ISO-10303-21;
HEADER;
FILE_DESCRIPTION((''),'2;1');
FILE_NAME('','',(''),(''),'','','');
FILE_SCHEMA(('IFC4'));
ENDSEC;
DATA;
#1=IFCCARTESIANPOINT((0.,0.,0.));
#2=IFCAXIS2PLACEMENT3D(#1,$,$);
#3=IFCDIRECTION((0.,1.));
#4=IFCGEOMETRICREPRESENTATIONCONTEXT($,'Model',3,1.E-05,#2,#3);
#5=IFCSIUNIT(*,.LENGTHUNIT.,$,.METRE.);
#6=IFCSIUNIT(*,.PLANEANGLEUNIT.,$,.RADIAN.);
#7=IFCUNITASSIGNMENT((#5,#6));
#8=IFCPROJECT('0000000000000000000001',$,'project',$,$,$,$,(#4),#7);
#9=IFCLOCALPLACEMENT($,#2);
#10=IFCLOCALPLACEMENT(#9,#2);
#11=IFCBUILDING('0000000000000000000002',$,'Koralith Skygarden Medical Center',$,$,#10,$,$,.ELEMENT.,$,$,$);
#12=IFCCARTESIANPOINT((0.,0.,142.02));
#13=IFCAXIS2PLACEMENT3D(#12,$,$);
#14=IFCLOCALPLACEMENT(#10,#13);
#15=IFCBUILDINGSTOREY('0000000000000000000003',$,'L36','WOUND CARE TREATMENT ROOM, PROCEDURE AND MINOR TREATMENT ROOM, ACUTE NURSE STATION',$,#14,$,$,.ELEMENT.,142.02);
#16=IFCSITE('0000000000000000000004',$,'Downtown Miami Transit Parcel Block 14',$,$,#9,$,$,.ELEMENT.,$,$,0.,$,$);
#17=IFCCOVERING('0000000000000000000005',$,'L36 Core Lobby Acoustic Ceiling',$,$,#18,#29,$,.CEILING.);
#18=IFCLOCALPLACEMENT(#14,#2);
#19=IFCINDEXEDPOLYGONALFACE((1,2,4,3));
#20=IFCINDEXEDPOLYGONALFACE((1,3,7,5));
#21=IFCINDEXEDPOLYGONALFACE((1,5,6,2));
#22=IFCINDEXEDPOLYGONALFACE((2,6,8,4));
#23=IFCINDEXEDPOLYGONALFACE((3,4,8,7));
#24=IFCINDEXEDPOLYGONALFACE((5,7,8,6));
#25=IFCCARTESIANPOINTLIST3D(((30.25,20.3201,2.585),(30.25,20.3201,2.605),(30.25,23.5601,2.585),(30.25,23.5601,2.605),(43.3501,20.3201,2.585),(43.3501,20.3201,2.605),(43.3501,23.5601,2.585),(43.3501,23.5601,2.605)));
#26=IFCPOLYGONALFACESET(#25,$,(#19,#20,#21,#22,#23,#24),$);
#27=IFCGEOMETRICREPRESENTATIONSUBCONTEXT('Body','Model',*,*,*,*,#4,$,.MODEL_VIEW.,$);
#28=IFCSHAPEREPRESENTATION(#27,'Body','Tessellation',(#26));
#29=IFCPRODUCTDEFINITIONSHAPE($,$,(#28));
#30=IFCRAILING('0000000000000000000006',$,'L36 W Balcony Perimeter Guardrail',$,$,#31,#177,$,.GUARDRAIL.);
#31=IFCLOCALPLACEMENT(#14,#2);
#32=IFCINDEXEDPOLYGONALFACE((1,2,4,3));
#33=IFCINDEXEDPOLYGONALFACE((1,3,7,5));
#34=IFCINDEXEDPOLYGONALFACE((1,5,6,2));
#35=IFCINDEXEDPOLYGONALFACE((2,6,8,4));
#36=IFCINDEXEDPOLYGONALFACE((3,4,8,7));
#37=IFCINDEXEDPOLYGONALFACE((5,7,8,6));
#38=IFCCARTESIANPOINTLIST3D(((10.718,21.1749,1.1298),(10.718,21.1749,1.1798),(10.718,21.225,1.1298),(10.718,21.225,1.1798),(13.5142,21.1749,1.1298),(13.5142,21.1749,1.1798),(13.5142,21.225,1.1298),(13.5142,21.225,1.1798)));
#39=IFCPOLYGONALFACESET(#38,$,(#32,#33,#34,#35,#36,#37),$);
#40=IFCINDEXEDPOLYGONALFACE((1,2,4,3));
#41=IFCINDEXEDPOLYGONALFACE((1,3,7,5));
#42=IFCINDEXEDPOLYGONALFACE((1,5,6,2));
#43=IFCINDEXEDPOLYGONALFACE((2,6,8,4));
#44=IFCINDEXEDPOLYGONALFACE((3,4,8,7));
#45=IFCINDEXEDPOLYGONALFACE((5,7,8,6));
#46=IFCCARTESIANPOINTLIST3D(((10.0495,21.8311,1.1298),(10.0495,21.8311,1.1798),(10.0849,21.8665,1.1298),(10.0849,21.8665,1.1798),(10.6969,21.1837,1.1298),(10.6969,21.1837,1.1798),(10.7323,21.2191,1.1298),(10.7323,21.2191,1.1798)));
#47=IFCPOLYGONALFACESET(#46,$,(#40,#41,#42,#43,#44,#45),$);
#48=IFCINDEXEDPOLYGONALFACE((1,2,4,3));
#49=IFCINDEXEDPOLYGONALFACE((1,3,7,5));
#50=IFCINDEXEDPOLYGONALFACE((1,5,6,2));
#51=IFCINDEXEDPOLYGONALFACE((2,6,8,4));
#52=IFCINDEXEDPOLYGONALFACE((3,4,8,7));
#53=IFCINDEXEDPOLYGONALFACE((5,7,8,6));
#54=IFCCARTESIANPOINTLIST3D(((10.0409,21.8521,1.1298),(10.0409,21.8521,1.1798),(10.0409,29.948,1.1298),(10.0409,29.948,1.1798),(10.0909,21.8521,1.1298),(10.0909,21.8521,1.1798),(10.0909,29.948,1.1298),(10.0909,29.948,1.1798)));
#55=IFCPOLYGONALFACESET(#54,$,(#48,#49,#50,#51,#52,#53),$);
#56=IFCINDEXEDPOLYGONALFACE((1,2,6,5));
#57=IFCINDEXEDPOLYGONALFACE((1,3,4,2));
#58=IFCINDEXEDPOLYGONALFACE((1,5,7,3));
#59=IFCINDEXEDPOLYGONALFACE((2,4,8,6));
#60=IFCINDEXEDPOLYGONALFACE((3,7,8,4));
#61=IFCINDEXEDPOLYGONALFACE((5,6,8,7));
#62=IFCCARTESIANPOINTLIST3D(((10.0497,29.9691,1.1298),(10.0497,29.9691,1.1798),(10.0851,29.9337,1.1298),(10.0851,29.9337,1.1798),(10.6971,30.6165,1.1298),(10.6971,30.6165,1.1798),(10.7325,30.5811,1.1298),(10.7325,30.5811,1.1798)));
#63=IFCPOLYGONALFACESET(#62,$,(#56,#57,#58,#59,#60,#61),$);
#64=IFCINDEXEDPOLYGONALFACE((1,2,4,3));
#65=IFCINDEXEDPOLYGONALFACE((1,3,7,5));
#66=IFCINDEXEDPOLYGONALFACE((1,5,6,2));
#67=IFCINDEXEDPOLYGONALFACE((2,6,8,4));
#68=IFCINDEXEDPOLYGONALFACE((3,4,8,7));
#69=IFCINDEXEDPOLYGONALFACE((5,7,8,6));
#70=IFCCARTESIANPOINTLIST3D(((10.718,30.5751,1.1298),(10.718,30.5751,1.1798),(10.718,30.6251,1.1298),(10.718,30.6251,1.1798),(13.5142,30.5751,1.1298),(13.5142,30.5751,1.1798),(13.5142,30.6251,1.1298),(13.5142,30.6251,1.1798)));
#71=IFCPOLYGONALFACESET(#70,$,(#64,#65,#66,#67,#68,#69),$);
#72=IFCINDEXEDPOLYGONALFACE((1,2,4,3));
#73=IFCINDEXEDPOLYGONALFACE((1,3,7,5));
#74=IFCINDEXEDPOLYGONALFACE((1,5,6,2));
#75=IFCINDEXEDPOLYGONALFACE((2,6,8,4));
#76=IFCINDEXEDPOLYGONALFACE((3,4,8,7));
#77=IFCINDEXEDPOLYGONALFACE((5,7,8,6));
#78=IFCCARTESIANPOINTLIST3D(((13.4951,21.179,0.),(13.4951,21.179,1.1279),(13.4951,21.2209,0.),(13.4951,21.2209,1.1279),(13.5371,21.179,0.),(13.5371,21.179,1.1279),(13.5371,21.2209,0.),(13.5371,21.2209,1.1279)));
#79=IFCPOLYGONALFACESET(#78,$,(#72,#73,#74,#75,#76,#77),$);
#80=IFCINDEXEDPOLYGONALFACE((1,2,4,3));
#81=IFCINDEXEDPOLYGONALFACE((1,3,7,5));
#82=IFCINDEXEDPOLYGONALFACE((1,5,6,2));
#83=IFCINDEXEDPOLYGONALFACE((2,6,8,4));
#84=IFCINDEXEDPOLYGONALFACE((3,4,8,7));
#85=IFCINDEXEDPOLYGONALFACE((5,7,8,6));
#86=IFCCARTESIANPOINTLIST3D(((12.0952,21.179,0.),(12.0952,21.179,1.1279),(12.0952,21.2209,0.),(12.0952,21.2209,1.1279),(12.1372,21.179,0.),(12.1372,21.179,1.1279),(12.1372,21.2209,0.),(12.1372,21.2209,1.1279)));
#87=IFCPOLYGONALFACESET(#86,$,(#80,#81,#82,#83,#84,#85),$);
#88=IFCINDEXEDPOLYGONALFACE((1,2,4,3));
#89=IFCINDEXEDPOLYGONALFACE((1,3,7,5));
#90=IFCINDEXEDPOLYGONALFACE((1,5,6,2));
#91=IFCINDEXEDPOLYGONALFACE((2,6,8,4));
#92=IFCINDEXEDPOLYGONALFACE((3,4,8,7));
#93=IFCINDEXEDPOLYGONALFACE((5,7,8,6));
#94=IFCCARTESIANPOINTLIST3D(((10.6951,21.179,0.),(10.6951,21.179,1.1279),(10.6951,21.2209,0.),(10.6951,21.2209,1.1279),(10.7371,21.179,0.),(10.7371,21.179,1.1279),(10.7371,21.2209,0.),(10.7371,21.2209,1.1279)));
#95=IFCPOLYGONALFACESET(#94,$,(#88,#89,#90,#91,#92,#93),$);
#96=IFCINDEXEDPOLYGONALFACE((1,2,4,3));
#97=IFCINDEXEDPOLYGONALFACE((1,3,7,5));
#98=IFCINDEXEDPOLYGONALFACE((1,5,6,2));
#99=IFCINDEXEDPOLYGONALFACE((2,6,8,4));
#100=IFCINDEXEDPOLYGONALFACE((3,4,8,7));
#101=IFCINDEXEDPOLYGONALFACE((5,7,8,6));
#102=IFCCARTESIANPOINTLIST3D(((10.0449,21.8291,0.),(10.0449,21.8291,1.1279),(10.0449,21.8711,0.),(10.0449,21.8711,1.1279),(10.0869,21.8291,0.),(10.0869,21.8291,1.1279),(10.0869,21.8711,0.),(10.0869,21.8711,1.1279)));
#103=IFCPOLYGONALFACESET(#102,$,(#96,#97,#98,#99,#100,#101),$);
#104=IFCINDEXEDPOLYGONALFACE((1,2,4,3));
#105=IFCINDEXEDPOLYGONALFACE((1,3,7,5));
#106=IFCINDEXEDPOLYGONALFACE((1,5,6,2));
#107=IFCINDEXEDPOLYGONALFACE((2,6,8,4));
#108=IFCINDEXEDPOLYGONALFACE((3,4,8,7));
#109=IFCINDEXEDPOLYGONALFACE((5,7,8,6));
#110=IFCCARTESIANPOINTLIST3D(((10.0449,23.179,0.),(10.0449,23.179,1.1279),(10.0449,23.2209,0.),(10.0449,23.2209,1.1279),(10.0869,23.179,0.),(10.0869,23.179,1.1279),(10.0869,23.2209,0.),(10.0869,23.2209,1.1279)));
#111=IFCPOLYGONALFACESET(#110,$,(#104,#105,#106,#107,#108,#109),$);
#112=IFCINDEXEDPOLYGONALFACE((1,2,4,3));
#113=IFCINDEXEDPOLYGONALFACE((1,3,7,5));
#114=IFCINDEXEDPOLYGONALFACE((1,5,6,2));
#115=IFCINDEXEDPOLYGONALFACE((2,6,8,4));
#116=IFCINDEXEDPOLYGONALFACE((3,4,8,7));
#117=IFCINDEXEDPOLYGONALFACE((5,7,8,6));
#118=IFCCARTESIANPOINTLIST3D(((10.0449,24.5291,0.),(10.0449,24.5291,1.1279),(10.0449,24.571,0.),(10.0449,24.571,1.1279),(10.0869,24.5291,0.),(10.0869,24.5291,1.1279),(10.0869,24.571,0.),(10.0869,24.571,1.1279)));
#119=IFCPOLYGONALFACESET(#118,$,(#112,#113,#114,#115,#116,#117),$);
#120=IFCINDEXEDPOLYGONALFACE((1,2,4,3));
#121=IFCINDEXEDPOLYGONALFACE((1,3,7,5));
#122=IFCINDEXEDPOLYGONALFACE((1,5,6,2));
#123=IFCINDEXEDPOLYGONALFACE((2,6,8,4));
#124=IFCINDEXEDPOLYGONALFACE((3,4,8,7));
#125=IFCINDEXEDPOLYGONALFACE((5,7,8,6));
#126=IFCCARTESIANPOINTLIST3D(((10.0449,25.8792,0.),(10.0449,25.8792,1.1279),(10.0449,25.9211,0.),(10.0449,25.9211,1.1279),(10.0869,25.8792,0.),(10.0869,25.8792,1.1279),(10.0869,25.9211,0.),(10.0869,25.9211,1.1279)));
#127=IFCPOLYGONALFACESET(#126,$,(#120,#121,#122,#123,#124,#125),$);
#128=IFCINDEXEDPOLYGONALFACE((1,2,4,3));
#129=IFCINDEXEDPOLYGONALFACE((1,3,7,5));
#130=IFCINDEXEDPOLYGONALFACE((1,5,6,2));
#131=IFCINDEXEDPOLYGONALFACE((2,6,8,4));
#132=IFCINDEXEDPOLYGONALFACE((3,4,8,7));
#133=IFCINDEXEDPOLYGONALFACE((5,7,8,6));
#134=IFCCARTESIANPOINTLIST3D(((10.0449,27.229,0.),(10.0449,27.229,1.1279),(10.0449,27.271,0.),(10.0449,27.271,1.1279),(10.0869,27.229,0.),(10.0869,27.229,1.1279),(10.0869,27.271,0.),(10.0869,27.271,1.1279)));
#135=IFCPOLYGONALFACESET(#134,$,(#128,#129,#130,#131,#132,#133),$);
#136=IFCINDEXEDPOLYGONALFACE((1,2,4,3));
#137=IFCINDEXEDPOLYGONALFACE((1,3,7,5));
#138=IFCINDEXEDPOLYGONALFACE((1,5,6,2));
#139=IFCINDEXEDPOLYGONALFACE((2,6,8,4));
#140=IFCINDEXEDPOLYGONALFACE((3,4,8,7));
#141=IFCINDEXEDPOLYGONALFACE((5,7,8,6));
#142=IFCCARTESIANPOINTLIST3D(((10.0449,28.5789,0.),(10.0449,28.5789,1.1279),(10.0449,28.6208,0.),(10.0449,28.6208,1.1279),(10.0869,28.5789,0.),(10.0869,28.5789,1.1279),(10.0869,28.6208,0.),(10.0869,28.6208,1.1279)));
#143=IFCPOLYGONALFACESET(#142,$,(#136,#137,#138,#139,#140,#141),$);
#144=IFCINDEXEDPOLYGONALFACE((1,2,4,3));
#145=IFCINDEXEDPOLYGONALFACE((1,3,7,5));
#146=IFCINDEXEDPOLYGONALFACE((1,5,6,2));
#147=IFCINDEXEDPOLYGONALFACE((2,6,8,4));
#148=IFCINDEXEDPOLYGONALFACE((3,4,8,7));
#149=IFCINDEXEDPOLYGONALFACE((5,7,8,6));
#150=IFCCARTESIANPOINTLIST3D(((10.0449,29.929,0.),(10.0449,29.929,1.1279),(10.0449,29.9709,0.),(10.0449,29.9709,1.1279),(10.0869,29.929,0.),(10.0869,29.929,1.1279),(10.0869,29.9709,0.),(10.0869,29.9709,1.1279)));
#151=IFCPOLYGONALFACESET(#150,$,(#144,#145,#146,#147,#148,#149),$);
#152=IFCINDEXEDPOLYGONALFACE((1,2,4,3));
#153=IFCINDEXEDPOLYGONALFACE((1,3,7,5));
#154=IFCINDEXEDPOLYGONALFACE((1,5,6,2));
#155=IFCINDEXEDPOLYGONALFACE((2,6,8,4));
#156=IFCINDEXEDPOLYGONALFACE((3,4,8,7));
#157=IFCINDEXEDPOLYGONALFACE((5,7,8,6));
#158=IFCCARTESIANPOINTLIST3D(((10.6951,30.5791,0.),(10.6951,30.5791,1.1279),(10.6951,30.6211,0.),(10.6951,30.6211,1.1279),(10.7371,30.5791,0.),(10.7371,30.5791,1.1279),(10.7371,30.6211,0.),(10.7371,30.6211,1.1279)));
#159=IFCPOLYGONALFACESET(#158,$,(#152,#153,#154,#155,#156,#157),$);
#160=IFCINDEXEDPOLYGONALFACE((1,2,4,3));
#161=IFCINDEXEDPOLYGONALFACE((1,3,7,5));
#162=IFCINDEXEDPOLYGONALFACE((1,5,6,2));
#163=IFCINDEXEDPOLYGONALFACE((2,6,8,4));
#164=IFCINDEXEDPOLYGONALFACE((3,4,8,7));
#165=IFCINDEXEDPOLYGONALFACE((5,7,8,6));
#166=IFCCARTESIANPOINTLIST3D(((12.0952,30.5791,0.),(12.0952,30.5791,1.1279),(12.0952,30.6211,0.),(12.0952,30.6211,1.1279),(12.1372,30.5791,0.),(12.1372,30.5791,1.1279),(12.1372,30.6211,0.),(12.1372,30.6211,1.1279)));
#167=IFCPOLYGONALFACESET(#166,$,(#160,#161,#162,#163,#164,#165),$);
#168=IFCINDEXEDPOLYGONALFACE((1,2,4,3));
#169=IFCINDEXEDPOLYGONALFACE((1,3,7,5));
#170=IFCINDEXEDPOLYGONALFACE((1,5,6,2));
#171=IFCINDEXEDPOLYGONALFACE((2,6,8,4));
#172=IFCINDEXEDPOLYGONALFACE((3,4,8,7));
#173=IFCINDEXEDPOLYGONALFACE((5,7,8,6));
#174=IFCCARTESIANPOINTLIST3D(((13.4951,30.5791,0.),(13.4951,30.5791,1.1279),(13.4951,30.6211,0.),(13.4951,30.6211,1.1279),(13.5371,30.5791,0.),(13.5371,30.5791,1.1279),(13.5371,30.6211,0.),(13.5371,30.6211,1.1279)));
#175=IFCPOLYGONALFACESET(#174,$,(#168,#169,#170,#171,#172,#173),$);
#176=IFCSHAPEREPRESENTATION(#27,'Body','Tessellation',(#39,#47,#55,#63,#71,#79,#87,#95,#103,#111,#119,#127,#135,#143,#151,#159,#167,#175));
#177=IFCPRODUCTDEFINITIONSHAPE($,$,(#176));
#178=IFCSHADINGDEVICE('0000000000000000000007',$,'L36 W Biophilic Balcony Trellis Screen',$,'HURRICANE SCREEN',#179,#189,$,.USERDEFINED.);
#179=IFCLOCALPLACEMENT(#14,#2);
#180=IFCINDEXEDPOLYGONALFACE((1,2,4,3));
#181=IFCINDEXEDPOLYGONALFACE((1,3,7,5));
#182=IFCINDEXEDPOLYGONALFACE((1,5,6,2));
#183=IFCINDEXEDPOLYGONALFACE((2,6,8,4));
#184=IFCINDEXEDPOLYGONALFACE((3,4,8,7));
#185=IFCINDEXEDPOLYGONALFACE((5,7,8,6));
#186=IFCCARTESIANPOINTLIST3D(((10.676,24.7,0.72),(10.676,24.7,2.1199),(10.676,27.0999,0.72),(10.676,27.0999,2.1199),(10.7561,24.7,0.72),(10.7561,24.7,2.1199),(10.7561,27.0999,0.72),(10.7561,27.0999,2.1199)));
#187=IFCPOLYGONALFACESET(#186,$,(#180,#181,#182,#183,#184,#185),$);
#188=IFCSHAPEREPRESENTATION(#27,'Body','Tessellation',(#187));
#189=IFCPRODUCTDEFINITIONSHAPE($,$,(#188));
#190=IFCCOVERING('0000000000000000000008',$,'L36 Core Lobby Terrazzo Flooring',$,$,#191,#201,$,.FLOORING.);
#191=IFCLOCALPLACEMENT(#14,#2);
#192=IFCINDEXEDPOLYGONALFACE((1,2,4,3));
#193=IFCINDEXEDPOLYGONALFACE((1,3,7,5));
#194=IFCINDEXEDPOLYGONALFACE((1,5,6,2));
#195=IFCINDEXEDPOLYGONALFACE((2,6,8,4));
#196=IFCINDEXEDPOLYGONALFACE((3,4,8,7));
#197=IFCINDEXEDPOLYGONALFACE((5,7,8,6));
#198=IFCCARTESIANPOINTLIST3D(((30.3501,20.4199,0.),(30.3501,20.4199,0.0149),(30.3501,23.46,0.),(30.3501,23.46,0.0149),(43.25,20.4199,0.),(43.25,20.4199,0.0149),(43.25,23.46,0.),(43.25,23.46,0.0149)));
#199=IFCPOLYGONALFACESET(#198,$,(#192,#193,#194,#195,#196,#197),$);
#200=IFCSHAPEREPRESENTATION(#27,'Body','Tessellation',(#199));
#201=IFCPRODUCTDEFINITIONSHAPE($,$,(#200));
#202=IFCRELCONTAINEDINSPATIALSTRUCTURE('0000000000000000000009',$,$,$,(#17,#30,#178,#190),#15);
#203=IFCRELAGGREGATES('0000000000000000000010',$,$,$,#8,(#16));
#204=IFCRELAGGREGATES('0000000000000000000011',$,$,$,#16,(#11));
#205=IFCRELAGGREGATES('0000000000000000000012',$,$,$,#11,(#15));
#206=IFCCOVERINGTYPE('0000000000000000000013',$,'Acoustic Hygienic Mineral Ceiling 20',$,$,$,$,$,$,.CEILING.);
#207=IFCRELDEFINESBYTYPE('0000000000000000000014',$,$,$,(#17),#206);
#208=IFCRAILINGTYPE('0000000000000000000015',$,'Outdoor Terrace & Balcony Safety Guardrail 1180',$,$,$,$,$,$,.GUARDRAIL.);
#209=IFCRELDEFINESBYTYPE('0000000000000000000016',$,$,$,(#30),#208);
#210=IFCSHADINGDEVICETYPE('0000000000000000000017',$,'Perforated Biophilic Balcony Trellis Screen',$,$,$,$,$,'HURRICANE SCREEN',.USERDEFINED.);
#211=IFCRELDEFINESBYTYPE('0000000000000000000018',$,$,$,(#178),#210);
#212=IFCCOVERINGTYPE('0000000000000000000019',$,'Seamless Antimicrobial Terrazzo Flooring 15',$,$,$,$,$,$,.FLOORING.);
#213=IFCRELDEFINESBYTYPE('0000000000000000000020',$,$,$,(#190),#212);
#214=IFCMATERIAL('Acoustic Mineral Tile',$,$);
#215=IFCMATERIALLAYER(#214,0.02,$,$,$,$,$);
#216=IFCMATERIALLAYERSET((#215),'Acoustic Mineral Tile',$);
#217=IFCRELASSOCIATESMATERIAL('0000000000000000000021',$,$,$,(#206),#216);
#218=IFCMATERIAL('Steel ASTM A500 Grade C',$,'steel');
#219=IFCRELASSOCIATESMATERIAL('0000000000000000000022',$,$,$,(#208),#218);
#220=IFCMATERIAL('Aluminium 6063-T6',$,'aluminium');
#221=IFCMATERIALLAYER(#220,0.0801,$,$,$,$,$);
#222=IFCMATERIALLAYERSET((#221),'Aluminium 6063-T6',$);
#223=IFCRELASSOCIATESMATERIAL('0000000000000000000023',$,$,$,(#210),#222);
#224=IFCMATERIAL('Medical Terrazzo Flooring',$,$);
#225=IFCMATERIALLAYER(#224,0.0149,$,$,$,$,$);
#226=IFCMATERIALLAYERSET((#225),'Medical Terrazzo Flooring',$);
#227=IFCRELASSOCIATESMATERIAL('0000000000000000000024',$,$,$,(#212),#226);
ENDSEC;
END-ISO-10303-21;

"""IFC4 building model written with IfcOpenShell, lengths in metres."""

from ifc_helpers import new_model, si_unit, direction, frame, origin, origin_2d, place, context, subcontext, project, spatial, polyline, rectangle, outline, extrude, material, layer, layer_set, type_object, element, save


model = new_model("IFC4")

# Units and contexts
model_context = context("Model", 3, precision=1e-05, world=origin(), true_north=direction((0.0, 1.0)))
body_context = subcontext(model_context, "Body", "Model", "MODEL_VIEW")
ifc_project = project(units=[si_unit("LENGTHUNIT", "METRE"), si_unit("PLANEANGLEUNIT", "RADIAN")], contexts=[model_context])

# Site, building, storey
site_placement = place(None, origin())
site = spatial("IfcSite", under=ifc_project, at=site_placement, Name="Downtown Miami Transit Parcel Block 14", CompositionType="ELEMENT", RefElevation=0.0)
building_placement = place(site_placement, origin())
building = spatial("IfcBuilding", under=site, at=building_placement, Name="Koralith Skygarden Medical Center", CompositionType="ELEMENT")
storey_placement = place(building_placement, frame((0.0, 0.0, 142.02)))
storey = spatial("IfcBuildingStorey", under=building, at=storey_placement, Name="L36", Description="WOUND CARE TREATMENT ROOM, PROCEDURE AND MINOR TREATMENT ROOM, ACUTE NURSE STATION", CompositionType="ELEMENT", Elevation=142.02)

# Shared definitions
ifc_material_1 = material(Name="Aluminium 6063-T6", Category="aluminium")

# Covering
ifc_material_2 = material(Name="Acoustic Mineral Tile")
ifc_layer_1 = layer(ifc_material_2, 0.02)
ifc_layer_set_1 = layer_set([ifc_layer_1], Name="Acoustic Mineral Tile")
covering_type_1 = type_object("IfcCoveringType", Name="Acoustic Hygienic Mineral Ceiling 20", PredefinedType="CEILING", material=ifc_layer_set_1)
covering_1_placement = place(storey_placement, frame((0.0, 0.0, 2.585)))
element("IfcCovering", 1, at=covering_1_placement, inside=storey, type_object=covering_type_1, Name="L36 Core Lobby Acoustic Ceiling", PredefinedType="CEILING", context=body_context, shape_type="SweptSolid", body=[
    extrude(outline(polyline([(30.25, 20.3201), (43.3501, 20.3201), (43.3501, 23.5601), (30.25, 23.5601), (30.25, 20.3201)])), origin(), (0.0, 0.0, 1.0), 0.02),
])

# Railing
ifc_material_3 = material(Name="Steel ASTM A500 Grade C", Category="steel")
railing_type = type_object("IfcRailingType", Name="Outdoor Terrace & Balcony Safety Guardrail 1180", PredefinedType="GUARDRAIL", material=ifc_material_3)
railing_placement = place(storey_placement, frame((13.5161, 21.2, 0.0)))
element("IfcRailing", 2, at=railing_placement, inside=storey, type_object=railing_type, Name="L36 W Balcony Perimeter Guardrail", PredefinedType="GUARDRAIL", context=body_context, shape_type="SweptSolid", body=[
    extrude(rectangle(XDim=0.05, YDim=0.05, at=origin_2d()), frame((-0.002, 0.0, 1.1548), z_axis=(-1.0, 0.0, 0.0), x_axis=(0.0, -1.0, 0.0)), (0.0, 0.0, 1.0), 2.7961),
    extrude(rectangle(XDim=0.05, YDim=0.05, at=origin_2d()), frame((-2.8015, 0.0015, 1.1548), z_axis=(-0.707107, 0.707107, 0.0), x_axis=(-0.707107, -0.707107, 0.0)), (0.0, 0.0, 1.0), 0.9155),
    extrude(rectangle(XDim=0.05, YDim=0.05, at=origin_2d()), frame((-3.4502, 0.6521, 1.1548), z_axis=(0.0, 1.0, 0.0), x_axis=(-1.0, 0.0, 0.0)), (0.0, 0.0, 1.0), 8.0959),
    extrude(rectangle(XDim=0.05, YDim=0.05, at=origin_2d()), frame((-3.4487, 8.7515, 1.1548), z_axis=(0.707107, 0.707107, 0.0), x_axis=(-0.707107, 0.707107, 0.0)), (0.0, 0.0, 1.0), 0.9155),
    extrude(rectangle(XDim=0.05, YDim=0.05, at=origin_2d()), frame((-2.7981, 9.4001, 1.1548), z_axis=(1.0, 0.0, 0.0), x_axis=(0.0, 1.0, 0.0)), (0.0, 0.0, 1.0), 2.7961),
    extrude(rectangle(XDim=0.042, YDim=0.042, at=origin_2d()), origin(), (0.0, 0.0, 1.0), 1.1279),
    extrude(rectangle(XDim=0.042, YDim=0.042, at=origin_2d()), frame((-1.3999, 0.0, 0.0)), (0.0, 0.0, 1.0), 1.1279),
    extrude(rectangle(XDim=0.042, YDim=0.042, at=origin_2d()), frame((-2.8, 0.0, 0.0)), (0.0, 0.0, 1.0), 1.1279),
    extrude(rectangle(XDim=0.042, YDim=0.042, at=origin_2d()), frame((-3.4502, 0.6501, 0.0)), (0.0, 0.0, 1.0), 1.1279),
    extrude(rectangle(XDim=0.042, YDim=0.042, at=origin_2d()), frame((-3.4502, 2.0, 0.0)), (0.0, 0.0, 1.0), 1.1279),
    extrude(rectangle(XDim=0.042, YDim=0.042, at=origin_2d()), frame((-3.4502, 3.3501, 0.0)), (0.0, 0.0, 1.0), 1.1279),
    extrude(rectangle(XDim=0.042, YDim=0.042, at=origin_2d()), frame((-3.4502, 4.7002, 0.0)), (0.0, 0.0, 1.0), 1.1279),
    extrude(rectangle(XDim=0.042, YDim=0.042, at=origin_2d()), frame((-3.4502, 6.05, 0.0)), (0.0, 0.0, 1.0), 1.1279),
    extrude(rectangle(XDim=0.042, YDim=0.042, at=origin_2d()), frame((-3.4502, 7.3999, 0.0)), (0.0, 0.0, 1.0), 1.1279),
    extrude(rectangle(XDim=0.042, YDim=0.042, at=origin_2d()), frame((-3.4502, 8.75, 0.0)), (0.0, 0.0, 1.0), 1.1279),
    extrude(rectangle(XDim=0.042, YDim=0.042, at=origin_2d()), frame((-2.8, 9.4001, 0.0)), (0.0, 0.0, 1.0), 1.1279),
    extrude(rectangle(XDim=0.042, YDim=0.042, at=origin_2d()), frame((-1.3999, 9.4001, 0.0)), (0.0, 0.0, 1.0), 1.1279),
    extrude(rectangle(XDim=0.042, YDim=0.042, at=origin_2d()), frame((0.0, 9.4001, 0.0)), (0.0, 0.0, 1.0), 1.1279),
])

# Shading device
ifc_layer_2 = layer(ifc_material_1, 0.0801)
ifc_layer_set_2 = layer_set([ifc_layer_2], Name="Aluminium 6063-T6")
shading_device_type = type_object("IfcShadingDeviceType", Name="Perforated Biophilic Balcony Trellis Screen", ElementType="HURRICANE SCREEN", PredefinedType="USERDEFINED", material=ifc_layer_set_2)
shading_device_placement = place(storey_placement, frame((10.7161, 25.8999, 0.72), z_axis=(0.0, 0.0, 1.0), x_axis=(0.0, 1.0, 0.0)))
element("IfcShadingDevice", 3, at=shading_device_placement, inside=storey, type_object=shading_device_type, Name="L36 W Biophilic Balcony Trellis Screen", ObjectType="HURRICANE SCREEN", PredefinedType="USERDEFINED", context=body_context, shape_type="SweptSolid", body=[
    extrude(rectangle(XDim=2.3999, YDim=0.0801, at=origin_2d()), origin(), (0.0, 0.0, 1.0), 1.3999),
])

# Covering
ifc_material_4 = material(Name="Medical Terrazzo Flooring")
ifc_layer_3 = layer(ifc_material_4, 0.0149)
ifc_layer_set_3 = layer_set([ifc_layer_3], Name="Medical Terrazzo Flooring")
covering_type_2 = type_object("IfcCoveringType", Name="Seamless Antimicrobial Terrazzo Flooring 15", PredefinedType="FLOORING", material=ifc_layer_set_3)
covering_2_placement = place(storey_placement, origin())
element("IfcCovering", 4, at=covering_2_placement, inside=storey, type_object=covering_type_2, Name="L36 Core Lobby Terrazzo Flooring", PredefinedType="FLOORING", context=body_context, shape_type="SweptSolid", body=[
    extrude(outline(polyline([(30.3501, 20.4199), (43.25, 20.4199), (43.25, 23.46), (30.3501, 23.46), (30.3501, 20.4199)])), origin(), (0.0, 0.0, 1.0), 0.0149),
])

save(model, "model.ifc")
